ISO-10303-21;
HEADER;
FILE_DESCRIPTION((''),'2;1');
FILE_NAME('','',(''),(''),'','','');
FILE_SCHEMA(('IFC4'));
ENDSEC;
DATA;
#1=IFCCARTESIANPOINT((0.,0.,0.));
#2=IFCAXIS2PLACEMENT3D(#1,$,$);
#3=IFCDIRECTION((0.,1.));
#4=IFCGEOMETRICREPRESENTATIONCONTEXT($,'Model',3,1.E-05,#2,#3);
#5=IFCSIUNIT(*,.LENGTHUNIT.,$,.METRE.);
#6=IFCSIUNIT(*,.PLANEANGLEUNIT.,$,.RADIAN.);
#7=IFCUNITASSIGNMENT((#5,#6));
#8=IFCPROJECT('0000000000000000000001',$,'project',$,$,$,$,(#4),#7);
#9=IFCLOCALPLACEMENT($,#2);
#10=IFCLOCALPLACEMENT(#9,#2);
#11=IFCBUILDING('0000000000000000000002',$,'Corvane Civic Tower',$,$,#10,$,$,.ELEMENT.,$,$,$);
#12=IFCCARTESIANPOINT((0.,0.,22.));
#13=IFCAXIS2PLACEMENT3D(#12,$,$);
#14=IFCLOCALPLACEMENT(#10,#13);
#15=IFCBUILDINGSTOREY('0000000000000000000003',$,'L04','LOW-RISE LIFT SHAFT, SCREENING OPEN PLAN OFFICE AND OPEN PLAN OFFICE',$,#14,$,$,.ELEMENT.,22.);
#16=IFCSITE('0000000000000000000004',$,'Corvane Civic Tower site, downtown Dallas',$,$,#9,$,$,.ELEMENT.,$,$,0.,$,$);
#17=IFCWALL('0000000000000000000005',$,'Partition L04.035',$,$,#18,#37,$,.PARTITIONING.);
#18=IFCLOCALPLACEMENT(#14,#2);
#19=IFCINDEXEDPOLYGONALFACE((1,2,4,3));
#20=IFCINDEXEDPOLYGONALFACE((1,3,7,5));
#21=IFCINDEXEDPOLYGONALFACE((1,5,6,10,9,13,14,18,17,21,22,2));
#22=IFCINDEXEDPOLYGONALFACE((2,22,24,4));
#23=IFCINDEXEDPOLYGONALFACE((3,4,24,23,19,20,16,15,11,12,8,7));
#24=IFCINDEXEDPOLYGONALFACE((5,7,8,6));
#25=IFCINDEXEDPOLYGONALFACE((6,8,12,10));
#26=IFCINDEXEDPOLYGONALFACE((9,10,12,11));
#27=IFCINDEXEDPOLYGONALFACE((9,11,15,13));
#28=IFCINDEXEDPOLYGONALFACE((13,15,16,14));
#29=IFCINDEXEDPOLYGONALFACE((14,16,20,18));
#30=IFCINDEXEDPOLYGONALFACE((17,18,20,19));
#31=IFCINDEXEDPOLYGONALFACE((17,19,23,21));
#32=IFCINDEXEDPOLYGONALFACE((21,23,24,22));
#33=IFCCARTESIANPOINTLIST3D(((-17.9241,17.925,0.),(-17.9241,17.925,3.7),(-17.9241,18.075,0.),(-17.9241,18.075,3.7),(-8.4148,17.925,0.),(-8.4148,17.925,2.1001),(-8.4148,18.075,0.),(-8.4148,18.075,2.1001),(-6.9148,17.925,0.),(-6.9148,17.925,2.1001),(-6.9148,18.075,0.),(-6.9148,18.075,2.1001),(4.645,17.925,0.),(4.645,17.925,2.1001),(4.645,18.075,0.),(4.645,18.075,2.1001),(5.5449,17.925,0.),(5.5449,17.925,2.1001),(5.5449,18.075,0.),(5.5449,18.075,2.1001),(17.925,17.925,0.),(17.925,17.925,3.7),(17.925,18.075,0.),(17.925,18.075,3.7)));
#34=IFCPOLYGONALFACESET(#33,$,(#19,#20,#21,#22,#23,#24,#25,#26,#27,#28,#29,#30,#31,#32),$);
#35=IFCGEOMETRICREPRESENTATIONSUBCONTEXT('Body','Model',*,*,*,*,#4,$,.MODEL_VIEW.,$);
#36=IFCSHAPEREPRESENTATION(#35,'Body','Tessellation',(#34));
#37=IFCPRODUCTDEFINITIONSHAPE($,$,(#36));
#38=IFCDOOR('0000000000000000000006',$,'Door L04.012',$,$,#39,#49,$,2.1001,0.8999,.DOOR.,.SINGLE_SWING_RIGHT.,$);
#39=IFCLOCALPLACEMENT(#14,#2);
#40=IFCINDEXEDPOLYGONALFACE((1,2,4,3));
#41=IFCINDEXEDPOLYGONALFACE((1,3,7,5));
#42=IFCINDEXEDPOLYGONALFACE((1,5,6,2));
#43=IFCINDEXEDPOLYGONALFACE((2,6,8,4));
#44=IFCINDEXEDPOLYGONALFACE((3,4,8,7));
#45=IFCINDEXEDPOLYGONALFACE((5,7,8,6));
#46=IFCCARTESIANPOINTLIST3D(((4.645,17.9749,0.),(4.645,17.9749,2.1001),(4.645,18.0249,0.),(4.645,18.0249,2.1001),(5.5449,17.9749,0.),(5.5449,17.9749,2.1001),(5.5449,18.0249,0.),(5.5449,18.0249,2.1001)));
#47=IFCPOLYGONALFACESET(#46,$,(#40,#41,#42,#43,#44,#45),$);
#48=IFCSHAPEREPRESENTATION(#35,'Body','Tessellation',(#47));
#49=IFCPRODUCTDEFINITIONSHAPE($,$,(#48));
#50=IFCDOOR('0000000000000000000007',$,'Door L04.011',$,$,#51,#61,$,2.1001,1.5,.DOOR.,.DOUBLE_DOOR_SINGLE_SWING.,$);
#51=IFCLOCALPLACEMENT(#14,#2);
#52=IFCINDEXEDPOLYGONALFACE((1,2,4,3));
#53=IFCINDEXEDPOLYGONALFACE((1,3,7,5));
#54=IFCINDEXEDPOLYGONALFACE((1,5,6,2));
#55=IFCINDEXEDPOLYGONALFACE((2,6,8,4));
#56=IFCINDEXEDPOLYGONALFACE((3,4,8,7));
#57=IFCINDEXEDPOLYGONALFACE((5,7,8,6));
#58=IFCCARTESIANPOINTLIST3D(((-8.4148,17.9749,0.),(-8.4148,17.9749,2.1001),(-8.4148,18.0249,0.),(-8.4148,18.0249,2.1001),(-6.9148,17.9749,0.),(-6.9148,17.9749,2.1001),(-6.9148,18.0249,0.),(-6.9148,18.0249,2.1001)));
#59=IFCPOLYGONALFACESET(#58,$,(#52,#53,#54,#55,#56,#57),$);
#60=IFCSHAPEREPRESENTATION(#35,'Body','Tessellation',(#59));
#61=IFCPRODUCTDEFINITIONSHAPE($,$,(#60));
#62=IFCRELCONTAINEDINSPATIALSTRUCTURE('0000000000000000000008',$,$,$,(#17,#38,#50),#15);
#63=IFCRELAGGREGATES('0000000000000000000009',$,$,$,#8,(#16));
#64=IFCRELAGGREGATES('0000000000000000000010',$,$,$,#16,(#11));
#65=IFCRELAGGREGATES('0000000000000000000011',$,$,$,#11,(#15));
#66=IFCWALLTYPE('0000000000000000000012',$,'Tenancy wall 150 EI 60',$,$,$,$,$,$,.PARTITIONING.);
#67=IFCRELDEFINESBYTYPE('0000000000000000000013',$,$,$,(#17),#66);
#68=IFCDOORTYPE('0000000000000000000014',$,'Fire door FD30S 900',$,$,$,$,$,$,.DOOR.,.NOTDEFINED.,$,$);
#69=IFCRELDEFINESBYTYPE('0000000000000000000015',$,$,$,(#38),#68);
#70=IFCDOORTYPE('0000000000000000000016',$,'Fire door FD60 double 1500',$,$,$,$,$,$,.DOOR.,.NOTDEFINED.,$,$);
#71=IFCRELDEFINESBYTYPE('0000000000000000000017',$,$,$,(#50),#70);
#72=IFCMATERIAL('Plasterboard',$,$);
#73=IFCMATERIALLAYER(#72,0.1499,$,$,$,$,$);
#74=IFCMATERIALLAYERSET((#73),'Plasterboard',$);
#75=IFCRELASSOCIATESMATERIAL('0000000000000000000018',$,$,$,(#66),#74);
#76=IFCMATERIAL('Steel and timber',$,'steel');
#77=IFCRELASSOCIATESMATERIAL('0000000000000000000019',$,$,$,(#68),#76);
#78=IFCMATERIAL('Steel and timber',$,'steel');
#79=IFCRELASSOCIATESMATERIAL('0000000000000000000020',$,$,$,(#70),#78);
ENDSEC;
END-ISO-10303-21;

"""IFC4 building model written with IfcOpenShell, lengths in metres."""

from ifc_helpers import new_model, si_unit, direction, frame, frame_2d, origin, place, context, subcontext, project, spatial, rectangle, extrude, material, layer, layer_set, type_object, element, fill, save


model = new_model("IFC4")

# Units and contexts
model_context = context("Model", 3, precision=1e-05, world=origin(), true_north=direction((0.0, 1.0)))
body_context = subcontext(model_context, "Body", "Model", "MODEL_VIEW")
ifc_project = project(units=[si_unit("LENGTHUNIT", "METRE"), si_unit("PLANEANGLEUNIT", "RADIAN")], contexts=[model_context])

# Site, building, storey
site_placement = place(None, origin())
site = spatial("IfcSite", under=ifc_project, at=site_placement, Name="Corvane Civic Tower site, downtown Dallas", CompositionType="ELEMENT", RefElevation=0.0)
building_placement = place(site_placement, origin())
building = spatial("IfcBuilding", under=site, at=building_placement, Name="Corvane Civic Tower", CompositionType="ELEMENT")
storey_placement = place(building_placement, frame((0.0, 0.0, 22.0)))
storey = spatial("IfcBuildingStorey", under=building, at=storey_placement, Name="L04", Description="LOW-RISE LIFT SHAFT, SCREENING OPEN PLAN OFFICE AND OPEN PLAN OFFICE", CompositionType="ELEMENT", Elevation=22.0)

# Wall, openings, doors
ifc_material_1 = material(Name="Plasterboard")
ifc_layer_1 = layer(ifc_material_1, 0.1499)
ifc_layer_set_1 = layer_set([ifc_layer_1], Name="Plasterboard")
wall_type_1 = type_object("IfcWallType", Name="Tenancy wall 150 EI 60", PredefinedType="PARTITIONING", material=ifc_layer_set_1)
wall_1_placement = place(storey_placement, frame((-17.9241, 18.0, 0.0), z_axis=(0.0, 0.0, 1.0), x_axis=(1.0, 0.0, 0.0)))
wall_1 = element("IfcWall", 1, at=wall_1_placement, inside=storey, type_object=wall_type_1, Name="Partition L04.035", PredefinedType="PARTITIONING", context=body_context, shape_type="SweptSolid", body=[
    extrude(rectangle(XDim=35.8491, YDim=0.1499, at=frame_2d((17.9246, 0.0))), origin(), (0.0, 0.0, 1.0), 3.7),
])
opening_1_placement = place(wall_1_placement, frame((9.5093, 0.0, 0.0)))
opening_1 = element("IfcOpeningElement", 2, at=opening_1_placement, cuts=wall_1, PredefinedType="OPENING", context=body_context, shape_type="SweptSolid", body=[
    extrude(rectangle(XDim=1.5, YDim=2.1001, at=frame_2d((0.75, 1.05))), frame((0.0, 0.085, 0.0), z_axis=(0.0, -1.0, 0.0), x_axis=(1.0, 0.0, 0.0)), (0.0, 0.0, 1.0), 0.1699),
])
opening_2_placement = place(wall_1_placement, frame((22.5691, 0.0, 0.0)))
opening_2 = element("IfcOpeningElement", 3, at=opening_2_placement, cuts=wall_1, PredefinedType="OPENING", context=body_context, shape_type="SweptSolid", body=[
    extrude(rectangle(XDim=0.8999, YDim=2.1001, at=frame_2d((0.45, 1.05))), frame((0.0, 0.085, 0.0), z_axis=(0.0, -1.0, 0.0), x_axis=(1.0, 0.0, 0.0)), (0.0, 0.0, 1.0), 0.1699),
])
ifc_material_2 = material(Name="Steel and timber", Category="steel")
door_type_1 = type_object("IfcDoorType", Name="Fire door FD30S 900", OperationType="NOTDEFINED", PredefinedType="DOOR", material=ifc_material_2)
door_1_placement = place(opening_2_placement, origin())
door_1 = element("IfcDoor", 4, at=door_1_placement, inside=storey, type_object=door_type_1, Name="Door L04.012", OperationType="SINGLE_SWING_RIGHT", OverallHeight=2.1001, OverallWidth=0.8999, PredefinedType="DOOR", context=body_context, shape_type="SweptSolid", body=[
    extrude(rectangle(XDim=0.8999, YDim=2.1001, at=frame_2d((0.45, 1.05))), frame((0.0, 0.0249, 0.0), z_axis=(0.0, -1.0, 0.0), x_axis=(1.0, 0.0, 0.0)), (0.0, 0.0, 1.0), 0.05),
])
fill(opening_2, door_1)
ifc_material_3 = material(Name="Steel and timber", Category="steel")
door_type_2 = type_object("IfcDoorType", Name="Fire door FD60 double 1500", OperationType="NOTDEFINED", PredefinedType="DOOR", material=ifc_material_3)
door_2_placement = place(opening_1_placement, origin())
door_2 = element("IfcDoor", 5, at=door_2_placement, inside=storey, type_object=door_type_2, Name="Door L04.011", OperationType="DOUBLE_DOOR_SINGLE_SWING", OverallHeight=2.1001, OverallWidth=1.5, PredefinedType="DOOR", context=body_context, shape_type="SweptSolid", body=[
    extrude(rectangle(XDim=1.5, YDim=2.1001, at=frame_2d((0.75, 1.05))), frame((0.0, 0.0249, 0.0), z_axis=(0.0, -1.0, 0.0), x_axis=(1.0, 0.0, 0.0)), (0.0, 0.0, 1.0), 0.05),
])
fill(opening_1, door_2)

save(model, "model.ifc")
